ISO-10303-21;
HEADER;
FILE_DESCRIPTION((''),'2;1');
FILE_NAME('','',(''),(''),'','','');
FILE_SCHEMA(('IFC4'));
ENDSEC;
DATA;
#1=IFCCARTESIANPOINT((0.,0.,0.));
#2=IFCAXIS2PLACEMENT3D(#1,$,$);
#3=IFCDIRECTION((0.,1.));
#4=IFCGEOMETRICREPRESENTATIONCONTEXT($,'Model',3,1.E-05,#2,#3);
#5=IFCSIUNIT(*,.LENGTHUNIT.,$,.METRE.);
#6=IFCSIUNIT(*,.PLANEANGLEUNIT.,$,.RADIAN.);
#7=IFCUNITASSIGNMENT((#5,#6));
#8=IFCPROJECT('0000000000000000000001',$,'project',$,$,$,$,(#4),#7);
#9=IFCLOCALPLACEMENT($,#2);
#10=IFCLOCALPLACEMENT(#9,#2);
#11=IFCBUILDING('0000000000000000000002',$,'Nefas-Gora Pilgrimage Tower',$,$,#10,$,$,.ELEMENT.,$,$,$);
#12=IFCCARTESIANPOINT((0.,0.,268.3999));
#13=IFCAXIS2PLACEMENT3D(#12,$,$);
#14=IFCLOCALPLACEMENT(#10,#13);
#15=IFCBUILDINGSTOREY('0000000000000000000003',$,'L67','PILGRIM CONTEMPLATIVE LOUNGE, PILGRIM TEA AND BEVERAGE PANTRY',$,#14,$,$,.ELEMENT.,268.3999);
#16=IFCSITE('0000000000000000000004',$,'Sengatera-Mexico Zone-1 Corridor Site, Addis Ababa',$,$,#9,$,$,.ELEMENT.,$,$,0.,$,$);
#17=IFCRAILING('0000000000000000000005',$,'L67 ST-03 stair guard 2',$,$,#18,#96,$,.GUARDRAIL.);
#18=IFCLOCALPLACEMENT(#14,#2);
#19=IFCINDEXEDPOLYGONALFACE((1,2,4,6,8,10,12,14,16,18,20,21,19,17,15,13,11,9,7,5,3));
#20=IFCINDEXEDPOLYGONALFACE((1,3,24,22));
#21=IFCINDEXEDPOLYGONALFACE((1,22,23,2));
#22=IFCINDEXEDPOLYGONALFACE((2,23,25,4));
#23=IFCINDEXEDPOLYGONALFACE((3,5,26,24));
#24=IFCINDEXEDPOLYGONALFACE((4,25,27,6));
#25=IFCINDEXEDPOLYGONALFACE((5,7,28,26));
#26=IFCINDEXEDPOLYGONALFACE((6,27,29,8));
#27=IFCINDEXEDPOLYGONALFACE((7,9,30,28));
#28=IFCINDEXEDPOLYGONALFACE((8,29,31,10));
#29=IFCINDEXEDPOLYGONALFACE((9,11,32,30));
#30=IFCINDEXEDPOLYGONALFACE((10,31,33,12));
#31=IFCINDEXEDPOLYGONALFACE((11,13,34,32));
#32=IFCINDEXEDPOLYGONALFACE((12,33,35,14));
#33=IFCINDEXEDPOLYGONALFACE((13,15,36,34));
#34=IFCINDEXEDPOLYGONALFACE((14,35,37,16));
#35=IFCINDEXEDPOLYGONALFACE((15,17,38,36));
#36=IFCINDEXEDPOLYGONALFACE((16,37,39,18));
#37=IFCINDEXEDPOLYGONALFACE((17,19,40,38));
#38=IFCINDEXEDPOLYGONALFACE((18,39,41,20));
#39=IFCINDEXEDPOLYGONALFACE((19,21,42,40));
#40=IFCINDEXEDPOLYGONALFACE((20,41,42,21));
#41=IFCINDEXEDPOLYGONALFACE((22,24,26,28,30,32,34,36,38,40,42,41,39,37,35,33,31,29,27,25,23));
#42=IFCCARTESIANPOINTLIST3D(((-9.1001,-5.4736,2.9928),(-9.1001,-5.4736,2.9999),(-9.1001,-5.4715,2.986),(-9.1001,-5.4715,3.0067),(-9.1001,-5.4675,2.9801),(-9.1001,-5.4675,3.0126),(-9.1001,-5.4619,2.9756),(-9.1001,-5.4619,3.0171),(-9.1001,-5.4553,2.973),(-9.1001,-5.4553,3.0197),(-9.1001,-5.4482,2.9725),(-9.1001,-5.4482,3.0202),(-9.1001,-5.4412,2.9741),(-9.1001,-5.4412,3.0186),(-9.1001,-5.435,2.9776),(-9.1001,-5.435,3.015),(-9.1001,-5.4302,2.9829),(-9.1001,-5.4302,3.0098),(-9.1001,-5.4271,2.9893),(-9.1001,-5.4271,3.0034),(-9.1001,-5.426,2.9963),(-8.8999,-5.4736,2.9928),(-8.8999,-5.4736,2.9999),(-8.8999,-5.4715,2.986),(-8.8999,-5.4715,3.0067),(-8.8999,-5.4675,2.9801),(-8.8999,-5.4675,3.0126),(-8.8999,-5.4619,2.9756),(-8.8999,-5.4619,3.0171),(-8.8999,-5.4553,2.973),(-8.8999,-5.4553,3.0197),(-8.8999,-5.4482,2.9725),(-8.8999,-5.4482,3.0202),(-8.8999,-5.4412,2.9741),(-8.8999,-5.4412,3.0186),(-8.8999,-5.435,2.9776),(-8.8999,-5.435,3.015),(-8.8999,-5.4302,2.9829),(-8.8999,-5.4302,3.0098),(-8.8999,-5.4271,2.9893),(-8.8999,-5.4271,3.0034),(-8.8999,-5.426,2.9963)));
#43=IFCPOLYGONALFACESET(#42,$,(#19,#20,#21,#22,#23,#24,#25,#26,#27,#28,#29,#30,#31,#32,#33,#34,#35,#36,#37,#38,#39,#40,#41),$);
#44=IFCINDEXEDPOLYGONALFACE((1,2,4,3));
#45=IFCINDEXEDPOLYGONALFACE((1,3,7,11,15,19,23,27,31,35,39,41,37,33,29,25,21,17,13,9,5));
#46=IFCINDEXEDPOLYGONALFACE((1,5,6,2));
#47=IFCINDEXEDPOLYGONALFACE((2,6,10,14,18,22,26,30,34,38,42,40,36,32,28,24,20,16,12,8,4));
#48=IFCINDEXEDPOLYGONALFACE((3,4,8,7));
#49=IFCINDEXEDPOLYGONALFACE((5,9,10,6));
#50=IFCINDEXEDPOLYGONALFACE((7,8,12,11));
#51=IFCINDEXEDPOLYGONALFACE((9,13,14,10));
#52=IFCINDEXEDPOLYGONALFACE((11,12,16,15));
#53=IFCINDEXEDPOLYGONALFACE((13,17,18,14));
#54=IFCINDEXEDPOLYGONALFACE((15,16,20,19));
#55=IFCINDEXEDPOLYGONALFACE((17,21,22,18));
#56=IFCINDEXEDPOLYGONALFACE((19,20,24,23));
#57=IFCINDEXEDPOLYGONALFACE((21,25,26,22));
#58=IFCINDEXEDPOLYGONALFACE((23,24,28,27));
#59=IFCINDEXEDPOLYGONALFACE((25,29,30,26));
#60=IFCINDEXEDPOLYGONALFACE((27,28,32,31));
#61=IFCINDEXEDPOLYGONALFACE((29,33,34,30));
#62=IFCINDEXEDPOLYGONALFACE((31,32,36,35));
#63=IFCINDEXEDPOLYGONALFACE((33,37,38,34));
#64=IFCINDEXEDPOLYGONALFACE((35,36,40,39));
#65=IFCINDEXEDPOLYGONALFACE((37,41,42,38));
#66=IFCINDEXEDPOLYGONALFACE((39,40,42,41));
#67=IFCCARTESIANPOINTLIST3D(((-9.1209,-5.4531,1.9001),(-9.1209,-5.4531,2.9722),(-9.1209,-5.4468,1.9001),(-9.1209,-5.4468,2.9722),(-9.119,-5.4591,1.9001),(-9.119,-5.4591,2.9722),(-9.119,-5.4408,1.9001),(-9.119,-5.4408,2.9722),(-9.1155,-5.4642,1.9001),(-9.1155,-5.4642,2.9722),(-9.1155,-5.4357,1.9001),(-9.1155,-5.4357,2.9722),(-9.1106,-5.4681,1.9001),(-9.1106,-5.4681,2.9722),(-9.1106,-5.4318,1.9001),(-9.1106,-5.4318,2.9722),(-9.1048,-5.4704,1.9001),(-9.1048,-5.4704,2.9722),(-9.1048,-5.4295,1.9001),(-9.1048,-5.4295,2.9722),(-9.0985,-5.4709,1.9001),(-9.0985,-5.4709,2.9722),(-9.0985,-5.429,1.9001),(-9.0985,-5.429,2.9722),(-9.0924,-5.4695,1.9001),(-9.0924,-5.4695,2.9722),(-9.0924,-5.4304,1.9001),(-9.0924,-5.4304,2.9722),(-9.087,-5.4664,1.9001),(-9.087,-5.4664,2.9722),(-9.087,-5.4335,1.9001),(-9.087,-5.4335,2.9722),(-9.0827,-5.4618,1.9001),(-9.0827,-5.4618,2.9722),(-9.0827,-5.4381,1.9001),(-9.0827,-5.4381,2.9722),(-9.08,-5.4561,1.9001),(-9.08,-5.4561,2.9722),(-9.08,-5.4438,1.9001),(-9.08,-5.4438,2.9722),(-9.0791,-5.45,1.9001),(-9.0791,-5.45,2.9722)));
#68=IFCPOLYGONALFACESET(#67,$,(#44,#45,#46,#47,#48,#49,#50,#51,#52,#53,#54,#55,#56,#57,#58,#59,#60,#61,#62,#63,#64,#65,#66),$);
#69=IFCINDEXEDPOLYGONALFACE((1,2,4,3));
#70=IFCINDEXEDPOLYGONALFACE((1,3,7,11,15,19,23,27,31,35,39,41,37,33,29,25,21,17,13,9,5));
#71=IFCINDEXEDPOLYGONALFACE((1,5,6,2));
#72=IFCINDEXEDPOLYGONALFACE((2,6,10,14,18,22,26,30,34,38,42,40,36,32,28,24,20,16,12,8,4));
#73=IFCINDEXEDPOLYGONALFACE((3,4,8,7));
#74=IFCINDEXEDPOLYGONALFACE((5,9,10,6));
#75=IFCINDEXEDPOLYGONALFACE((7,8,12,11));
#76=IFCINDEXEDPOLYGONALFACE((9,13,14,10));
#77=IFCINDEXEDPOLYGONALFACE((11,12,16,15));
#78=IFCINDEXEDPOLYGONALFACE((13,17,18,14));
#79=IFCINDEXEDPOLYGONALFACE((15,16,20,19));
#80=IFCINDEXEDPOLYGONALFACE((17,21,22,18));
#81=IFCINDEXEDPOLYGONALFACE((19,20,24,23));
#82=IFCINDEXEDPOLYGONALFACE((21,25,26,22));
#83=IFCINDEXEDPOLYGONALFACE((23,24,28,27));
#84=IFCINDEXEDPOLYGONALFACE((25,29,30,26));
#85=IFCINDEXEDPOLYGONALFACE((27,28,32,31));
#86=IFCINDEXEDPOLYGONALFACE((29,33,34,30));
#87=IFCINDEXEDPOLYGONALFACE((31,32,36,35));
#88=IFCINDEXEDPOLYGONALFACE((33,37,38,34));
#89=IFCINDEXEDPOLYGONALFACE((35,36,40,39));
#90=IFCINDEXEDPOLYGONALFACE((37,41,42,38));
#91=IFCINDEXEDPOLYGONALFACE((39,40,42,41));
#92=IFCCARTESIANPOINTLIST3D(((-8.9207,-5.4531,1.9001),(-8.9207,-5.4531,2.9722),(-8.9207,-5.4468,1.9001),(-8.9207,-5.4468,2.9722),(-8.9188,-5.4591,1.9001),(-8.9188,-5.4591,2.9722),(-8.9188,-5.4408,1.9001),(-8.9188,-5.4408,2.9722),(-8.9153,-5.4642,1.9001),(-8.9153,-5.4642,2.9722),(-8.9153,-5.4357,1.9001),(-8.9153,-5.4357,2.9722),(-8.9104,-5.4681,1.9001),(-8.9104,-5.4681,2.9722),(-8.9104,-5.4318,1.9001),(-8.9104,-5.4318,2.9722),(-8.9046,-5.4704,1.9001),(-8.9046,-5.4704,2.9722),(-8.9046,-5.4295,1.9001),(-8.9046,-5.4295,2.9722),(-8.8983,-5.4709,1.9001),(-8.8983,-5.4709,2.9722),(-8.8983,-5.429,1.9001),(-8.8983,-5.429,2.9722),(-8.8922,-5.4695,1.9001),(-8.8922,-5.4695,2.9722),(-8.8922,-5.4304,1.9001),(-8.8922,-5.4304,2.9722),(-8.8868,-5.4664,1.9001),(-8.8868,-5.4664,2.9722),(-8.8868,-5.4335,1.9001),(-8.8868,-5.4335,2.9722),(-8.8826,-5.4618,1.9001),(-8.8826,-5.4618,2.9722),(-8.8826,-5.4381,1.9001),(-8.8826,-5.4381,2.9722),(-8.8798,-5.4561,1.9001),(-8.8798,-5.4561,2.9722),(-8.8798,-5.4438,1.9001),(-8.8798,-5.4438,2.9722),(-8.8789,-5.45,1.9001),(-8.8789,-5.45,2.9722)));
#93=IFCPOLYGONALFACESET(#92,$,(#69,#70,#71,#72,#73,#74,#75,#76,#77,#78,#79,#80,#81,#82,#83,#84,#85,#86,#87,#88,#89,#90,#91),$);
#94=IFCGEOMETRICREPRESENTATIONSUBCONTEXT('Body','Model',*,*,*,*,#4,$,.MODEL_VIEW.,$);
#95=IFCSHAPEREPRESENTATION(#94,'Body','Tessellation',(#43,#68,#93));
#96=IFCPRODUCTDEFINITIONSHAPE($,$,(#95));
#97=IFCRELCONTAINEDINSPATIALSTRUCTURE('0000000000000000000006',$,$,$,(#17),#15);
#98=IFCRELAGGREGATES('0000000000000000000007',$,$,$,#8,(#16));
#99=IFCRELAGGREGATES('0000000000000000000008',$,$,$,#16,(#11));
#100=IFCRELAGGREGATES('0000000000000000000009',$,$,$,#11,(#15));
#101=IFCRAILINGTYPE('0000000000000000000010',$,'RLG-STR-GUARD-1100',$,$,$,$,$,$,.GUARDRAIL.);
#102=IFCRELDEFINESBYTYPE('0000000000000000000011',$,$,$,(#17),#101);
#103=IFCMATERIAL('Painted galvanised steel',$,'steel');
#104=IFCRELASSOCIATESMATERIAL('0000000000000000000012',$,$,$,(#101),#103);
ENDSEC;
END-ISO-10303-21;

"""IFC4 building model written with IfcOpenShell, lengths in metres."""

from ifc_helpers import new_model, si_unit, direction, frame, origin, origin_2d, place, context, subcontext, project, spatial, circle, extrude, material, type_object, element, save


model = new_model("IFC4")

# Units and contexts
model_context = context("Model", 3, precision=1e-05, world=origin(), true_north=direction((0.0, 1.0)))
body_context = subcontext(model_context, "Body", "Model", "MODEL_VIEW")
ifc_project = project(units=[si_unit("LENGTHUNIT", "METRE"), si_unit("PLANEANGLEUNIT", "RADIAN")], contexts=[model_context])

# Site, building, storey
site_placement = place(None, origin())
site = spatial("IfcSite", under=ifc_project, at=site_placement, Name="Sengatera-Mexico Zone-1 Corridor Site, Addis Ababa", CompositionType="ELEMENT", RefElevation=0.0)
building_placement = place(site_placement, origin())
building = spatial("IfcBuilding", under=site, at=building_placement, Name="Nefas-Gora Pilgrimage Tower", CompositionType="ELEMENT")
storey_placement = place(building_placement, frame((0.0, 0.0, 268.3999)))
storey = spatial("IfcBuildingStorey", under=building, at=storey_placement, Name="L67", Description="PILGRIM CONTEMPLATIVE LOUNGE, PILGRIM TEA AND BEVERAGE PANTRY", CompositionType="ELEMENT", Elevation=268.3999)

# Railing
ifc_material_1 = material(Name="Painted galvanised steel", Category="steel")
railing_type_1 = type_object("IfcRailingType", Name="RLG-STR-GUARD-1100", PredefinedType="GUARDRAIL", material=ifc_material_1)
railing_1_placement = place(storey_placement, frame((-9.1001, -5.45, 1.9001)))
element("IfcRailing", 1, at=railing_1_placement, inside=storey, type_object=railing_type_1, Name="L67 ST-03 stair guard 2", PredefinedType="GUARDRAIL", context=body_context, shape_type="SweptSolid", body=[
    extrude(circle(Radius=0.0239, at=origin_2d()), frame((0.0, 0.0, 1.0962), z_axis=(1.0, 0.0, 0.0), x_axis=(0.0, 1.0, 0.0)), (0.0, 0.0, 1.0), 0.2002),
    extrude(circle(Radius=0.021, at=origin_2d()), origin(), (0.0, 0.0, 1.0), 1.072),
    extrude(circle(Radius=0.021, at=origin_2d()), frame((0.2002, 0.0, 0.0)), (0.0, 0.0, 1.0), 1.072),
])

save(model, "model.ifc")
